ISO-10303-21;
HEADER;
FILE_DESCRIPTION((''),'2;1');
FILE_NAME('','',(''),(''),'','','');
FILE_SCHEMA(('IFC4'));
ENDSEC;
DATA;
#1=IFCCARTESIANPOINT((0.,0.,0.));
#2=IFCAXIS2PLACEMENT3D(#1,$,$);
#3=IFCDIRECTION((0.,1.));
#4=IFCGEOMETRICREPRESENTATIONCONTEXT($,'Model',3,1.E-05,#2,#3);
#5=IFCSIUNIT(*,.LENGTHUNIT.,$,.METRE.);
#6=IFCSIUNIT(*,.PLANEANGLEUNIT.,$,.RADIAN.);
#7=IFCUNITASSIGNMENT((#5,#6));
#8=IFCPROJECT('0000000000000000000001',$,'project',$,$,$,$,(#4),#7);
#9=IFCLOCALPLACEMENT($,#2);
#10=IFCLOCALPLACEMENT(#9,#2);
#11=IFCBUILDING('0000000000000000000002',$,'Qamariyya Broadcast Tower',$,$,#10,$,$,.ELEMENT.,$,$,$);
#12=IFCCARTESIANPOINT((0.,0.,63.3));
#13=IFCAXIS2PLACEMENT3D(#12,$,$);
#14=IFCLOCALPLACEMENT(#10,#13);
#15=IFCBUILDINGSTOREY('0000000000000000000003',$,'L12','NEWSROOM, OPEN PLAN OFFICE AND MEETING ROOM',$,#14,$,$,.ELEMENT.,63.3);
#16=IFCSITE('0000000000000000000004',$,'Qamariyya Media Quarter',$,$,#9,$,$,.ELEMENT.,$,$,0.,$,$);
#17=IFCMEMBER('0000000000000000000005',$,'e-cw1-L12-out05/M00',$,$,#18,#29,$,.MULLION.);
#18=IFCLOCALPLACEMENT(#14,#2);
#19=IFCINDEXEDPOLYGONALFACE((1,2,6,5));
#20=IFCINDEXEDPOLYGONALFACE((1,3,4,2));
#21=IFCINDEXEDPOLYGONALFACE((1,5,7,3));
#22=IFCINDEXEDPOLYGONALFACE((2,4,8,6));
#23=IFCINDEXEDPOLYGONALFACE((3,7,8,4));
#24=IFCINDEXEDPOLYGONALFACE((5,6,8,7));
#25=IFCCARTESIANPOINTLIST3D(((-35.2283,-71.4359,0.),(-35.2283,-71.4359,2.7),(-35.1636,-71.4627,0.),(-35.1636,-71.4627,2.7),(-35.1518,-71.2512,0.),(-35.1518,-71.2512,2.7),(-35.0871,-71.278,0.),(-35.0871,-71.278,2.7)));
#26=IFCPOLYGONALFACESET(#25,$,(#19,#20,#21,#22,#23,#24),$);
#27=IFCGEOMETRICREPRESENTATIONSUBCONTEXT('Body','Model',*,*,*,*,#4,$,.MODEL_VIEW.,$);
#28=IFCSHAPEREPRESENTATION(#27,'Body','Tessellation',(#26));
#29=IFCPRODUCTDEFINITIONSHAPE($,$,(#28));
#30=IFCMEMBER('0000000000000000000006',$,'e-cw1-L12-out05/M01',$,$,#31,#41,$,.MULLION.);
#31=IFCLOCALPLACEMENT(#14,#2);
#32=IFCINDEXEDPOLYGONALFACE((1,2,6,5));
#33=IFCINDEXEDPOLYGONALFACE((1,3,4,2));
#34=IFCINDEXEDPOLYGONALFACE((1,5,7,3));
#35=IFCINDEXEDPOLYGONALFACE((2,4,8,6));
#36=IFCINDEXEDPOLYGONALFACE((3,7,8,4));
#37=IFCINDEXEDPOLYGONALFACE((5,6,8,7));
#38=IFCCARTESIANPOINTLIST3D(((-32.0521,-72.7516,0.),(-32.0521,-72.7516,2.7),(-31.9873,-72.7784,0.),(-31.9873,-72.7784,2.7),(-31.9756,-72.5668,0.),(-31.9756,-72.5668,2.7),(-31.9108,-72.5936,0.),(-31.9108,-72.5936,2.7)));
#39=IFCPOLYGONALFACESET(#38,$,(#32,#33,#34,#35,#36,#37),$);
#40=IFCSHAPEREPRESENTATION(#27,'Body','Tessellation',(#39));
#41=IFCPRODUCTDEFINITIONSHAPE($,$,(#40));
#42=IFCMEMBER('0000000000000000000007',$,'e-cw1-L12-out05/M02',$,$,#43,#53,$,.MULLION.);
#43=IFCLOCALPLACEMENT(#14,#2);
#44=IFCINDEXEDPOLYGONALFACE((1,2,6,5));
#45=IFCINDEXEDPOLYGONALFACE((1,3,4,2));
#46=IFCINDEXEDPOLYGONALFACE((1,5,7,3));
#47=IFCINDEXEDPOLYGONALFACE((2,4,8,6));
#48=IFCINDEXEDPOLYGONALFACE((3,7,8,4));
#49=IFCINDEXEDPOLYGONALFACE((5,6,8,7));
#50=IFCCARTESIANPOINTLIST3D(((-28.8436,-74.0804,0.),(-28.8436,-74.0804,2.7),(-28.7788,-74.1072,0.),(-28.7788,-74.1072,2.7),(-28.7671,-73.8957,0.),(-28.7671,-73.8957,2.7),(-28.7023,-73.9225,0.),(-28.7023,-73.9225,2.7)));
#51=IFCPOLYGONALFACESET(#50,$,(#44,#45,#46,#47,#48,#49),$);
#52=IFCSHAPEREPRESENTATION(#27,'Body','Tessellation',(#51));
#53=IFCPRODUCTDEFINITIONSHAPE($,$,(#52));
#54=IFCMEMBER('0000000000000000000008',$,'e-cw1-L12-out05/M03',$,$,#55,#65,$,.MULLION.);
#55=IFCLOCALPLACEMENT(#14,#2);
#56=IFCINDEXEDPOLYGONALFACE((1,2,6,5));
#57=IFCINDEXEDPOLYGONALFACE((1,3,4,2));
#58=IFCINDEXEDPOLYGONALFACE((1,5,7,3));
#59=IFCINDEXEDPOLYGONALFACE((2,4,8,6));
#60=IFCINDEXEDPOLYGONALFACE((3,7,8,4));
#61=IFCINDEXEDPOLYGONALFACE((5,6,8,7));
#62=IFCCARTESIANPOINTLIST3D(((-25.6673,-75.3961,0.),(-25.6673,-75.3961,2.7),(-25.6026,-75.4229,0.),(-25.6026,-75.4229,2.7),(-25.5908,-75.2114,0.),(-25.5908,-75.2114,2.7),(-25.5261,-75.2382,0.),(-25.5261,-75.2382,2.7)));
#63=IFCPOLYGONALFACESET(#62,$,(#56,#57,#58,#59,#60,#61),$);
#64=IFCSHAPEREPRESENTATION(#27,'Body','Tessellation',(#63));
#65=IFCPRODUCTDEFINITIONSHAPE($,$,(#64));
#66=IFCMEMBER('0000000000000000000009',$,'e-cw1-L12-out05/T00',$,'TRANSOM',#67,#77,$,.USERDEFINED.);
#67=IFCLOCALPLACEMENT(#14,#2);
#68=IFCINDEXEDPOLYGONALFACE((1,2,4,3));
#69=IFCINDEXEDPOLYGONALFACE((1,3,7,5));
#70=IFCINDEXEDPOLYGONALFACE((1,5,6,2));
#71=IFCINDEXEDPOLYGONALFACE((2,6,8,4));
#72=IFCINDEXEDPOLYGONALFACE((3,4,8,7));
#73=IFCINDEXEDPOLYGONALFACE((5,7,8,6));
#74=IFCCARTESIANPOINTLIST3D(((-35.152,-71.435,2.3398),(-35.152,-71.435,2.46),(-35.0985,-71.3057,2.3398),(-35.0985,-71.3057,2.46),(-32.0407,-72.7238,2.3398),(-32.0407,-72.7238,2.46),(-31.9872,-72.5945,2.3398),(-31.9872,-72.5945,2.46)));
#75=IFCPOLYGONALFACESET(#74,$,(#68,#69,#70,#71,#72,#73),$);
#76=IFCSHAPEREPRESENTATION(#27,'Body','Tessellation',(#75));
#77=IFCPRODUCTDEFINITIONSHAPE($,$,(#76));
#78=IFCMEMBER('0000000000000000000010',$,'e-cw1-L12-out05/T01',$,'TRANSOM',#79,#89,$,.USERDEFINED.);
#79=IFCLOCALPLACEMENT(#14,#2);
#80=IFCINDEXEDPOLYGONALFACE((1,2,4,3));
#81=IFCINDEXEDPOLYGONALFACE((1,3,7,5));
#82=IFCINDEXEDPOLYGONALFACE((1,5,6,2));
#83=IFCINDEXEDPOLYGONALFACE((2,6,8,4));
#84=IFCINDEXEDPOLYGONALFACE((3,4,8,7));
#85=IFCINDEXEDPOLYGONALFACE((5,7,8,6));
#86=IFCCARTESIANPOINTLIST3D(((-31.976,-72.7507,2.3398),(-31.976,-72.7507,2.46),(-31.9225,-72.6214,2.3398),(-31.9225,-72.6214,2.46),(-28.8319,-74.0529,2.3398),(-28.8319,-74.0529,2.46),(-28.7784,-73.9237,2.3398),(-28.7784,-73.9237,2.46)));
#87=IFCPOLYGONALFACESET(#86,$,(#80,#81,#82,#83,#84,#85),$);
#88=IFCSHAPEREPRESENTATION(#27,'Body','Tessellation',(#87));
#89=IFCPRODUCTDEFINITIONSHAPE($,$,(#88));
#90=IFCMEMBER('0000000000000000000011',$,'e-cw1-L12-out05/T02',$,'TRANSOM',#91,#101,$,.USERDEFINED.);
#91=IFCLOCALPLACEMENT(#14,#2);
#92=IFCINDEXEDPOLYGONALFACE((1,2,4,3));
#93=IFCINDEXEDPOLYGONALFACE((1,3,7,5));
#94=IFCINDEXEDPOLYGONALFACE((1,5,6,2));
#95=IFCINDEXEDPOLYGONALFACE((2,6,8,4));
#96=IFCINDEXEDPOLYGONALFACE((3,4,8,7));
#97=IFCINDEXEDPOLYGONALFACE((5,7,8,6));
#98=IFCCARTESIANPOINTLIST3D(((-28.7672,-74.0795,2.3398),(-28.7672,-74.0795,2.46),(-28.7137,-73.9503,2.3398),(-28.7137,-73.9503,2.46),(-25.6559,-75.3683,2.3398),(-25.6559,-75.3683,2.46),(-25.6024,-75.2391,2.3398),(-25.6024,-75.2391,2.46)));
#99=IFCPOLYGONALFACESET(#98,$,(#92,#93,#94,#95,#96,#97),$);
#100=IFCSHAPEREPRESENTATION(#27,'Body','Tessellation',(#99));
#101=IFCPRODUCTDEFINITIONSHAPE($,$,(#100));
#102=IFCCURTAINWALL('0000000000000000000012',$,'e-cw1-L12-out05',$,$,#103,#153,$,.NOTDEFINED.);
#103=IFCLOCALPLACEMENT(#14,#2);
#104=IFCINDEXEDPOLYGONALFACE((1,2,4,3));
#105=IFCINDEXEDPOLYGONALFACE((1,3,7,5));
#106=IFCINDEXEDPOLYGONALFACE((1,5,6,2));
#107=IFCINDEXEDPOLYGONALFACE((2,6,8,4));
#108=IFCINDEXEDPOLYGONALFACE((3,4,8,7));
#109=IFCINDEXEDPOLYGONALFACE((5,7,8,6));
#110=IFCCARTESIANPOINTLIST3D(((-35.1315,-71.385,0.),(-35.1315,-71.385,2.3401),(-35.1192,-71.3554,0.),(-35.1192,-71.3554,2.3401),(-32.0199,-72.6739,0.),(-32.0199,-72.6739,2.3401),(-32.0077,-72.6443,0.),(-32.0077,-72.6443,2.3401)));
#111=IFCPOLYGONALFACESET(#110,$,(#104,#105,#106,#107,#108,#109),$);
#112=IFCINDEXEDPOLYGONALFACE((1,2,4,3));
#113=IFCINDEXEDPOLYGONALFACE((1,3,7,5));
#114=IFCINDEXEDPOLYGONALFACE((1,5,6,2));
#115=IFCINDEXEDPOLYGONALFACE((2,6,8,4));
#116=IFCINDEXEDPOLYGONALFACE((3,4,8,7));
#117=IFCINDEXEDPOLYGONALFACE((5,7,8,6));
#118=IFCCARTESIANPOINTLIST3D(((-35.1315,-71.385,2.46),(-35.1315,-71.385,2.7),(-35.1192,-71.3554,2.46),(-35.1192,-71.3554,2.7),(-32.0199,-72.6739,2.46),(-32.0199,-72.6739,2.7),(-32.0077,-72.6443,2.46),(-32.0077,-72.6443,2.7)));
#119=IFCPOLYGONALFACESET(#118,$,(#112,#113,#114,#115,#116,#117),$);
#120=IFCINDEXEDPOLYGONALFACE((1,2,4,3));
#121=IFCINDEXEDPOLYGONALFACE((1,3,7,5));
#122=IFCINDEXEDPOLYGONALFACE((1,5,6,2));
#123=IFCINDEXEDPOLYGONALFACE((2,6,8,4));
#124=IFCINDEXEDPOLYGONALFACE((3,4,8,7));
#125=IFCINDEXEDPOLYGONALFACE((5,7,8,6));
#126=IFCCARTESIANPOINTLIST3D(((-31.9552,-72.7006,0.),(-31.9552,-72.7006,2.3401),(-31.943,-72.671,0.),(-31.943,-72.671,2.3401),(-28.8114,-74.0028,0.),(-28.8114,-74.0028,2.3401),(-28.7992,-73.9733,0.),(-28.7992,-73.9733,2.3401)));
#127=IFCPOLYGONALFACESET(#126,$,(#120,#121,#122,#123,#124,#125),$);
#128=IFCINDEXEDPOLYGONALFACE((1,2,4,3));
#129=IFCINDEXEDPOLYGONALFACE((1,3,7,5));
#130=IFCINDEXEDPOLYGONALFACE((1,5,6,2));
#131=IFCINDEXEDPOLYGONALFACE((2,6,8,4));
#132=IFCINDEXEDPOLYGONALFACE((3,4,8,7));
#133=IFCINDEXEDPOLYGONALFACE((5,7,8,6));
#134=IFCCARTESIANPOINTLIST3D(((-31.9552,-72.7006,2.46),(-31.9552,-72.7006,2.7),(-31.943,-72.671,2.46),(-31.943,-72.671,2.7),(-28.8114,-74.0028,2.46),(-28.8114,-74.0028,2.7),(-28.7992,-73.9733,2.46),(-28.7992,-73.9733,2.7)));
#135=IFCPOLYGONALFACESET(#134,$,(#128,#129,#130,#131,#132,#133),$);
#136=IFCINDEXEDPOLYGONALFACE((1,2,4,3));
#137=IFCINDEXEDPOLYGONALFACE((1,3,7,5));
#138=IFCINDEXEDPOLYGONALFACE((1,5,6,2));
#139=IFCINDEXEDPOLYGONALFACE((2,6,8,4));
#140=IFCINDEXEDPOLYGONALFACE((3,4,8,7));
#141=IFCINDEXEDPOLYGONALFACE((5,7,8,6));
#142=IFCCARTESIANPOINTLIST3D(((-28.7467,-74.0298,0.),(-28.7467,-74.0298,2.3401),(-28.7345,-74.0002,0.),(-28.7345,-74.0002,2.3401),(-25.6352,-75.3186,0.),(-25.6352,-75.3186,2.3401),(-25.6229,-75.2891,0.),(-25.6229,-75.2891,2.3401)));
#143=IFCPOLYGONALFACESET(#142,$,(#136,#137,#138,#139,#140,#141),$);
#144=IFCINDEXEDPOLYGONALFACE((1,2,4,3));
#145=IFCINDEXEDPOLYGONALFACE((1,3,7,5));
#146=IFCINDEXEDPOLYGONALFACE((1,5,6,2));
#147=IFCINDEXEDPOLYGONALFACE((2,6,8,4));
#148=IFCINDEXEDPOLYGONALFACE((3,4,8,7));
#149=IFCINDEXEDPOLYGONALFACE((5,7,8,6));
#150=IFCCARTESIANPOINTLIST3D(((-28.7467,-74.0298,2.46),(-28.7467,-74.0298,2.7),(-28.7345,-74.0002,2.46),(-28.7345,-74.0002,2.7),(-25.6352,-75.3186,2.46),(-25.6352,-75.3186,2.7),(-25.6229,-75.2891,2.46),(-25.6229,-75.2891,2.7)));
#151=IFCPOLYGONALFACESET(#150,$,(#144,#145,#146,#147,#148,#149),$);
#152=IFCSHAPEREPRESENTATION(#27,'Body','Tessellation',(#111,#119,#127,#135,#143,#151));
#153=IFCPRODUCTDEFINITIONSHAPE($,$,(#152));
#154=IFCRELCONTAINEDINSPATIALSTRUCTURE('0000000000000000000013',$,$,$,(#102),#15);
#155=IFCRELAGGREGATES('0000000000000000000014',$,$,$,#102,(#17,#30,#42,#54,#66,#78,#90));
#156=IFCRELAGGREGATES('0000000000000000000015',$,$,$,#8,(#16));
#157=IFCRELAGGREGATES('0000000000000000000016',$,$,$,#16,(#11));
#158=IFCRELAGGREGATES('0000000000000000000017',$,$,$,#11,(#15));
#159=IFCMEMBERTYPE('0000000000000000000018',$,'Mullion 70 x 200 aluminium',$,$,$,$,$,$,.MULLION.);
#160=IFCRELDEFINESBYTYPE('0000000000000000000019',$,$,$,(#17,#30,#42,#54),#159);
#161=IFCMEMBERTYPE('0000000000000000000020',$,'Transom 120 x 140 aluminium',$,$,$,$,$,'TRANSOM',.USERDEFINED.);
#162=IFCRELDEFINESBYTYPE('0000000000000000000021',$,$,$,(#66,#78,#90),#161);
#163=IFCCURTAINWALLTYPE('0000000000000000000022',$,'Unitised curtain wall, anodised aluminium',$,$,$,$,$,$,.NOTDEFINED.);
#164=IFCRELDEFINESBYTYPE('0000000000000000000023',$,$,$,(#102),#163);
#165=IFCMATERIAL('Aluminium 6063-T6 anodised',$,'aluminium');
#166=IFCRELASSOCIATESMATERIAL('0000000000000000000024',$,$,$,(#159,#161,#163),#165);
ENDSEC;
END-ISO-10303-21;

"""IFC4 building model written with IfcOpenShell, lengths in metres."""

from ifc_helpers import new_model, si_unit, direction, frame, origin, origin_2d, place, context, subcontext, project, spatial, rectangle, extrude, material, material_profile, profile_set, type_object, element, aggregate, save


model = new_model("IFC4")

# Units and contexts
model_context = context("Model", 3, precision=1e-05, world=origin(), true_north=direction((0.0, 1.0)))
body_context = subcontext(model_context, "Body", "Model", "MODEL_VIEW")
ifc_project = project(units=[si_unit("LENGTHUNIT", "METRE"), si_unit("PLANEANGLEUNIT", "RADIAN")], contexts=[model_context])

# Members
ifc_material_1 = material(Name="Aluminium 6063-T6 anodised", Category="aluminium")
ifc_material_profile_1 = material_profile(ifc_material_1, rectangle(XDim=0.2, YDim=0.0701, at=origin_2d()))
ifc_profile_set_1 = profile_set([ifc_material_profile_1], Name="Aluminium 6063-T6 anodised")
member_type_1 = type_object("IfcMemberType", Name="Mullion 70 x 200 aluminium", PredefinedType="MULLION", material=ifc_profile_set_1)
site_placement = place(None, origin())
building_placement = place(site_placement, origin())
storey_placement = place(building_placement, frame((0.0, 0.0, 63.3)))
member_1_placement = place(storey_placement, frame((-35.1577, -71.3569, 0.0), z_axis=(0.0, 0.0, 1.0), x_axis=(0.382683, 0.92388, 0.0)))
member_1 = element("IfcMember", 1, at=member_1_placement, type_object=member_type_1, Name="e-cw1-L12-out05/M00", PredefinedType="MULLION", context=body_context, shape_type="SweptSolid", body=[
    extrude(rectangle(XDim=0.2, YDim=0.0701, at=origin_2d()), origin(), (0.0, 0.0, 1.0), 2.7),
])
member_2_placement = place(storey_placement, frame((-31.9814, -72.6726, 0.0), z_axis=(0.0, 0.0, 1.0), x_axis=(0.382683, 0.92388, 0.0)))
member_2 = element("IfcMember", 2, at=member_2_placement, type_object=member_type_1, Name="e-cw1-L12-out05/M01", PredefinedType="MULLION", context=body_context, shape_type="SweptSolid", body=[
    extrude(rectangle(XDim=0.2, YDim=0.0701, at=origin_2d()), origin(), (0.0, 0.0, 1.0), 2.7),
])
member_3_placement = place(storey_placement, frame((-28.7729, -74.0015, 0.0), z_axis=(0.0, 0.0, 1.0), x_axis=(0.382683, 0.92388, 0.0)))
member_3 = element("IfcMember", 3, at=member_3_placement, type_object=member_type_1, Name="e-cw1-L12-out05/M02", PredefinedType="MULLION", context=body_context, shape_type="SweptSolid", body=[
    extrude(rectangle(XDim=0.2, YDim=0.0701, at=origin_2d()), origin(), (0.0, 0.0, 1.0), 2.7),
])
member_4_placement = place(storey_placement, frame((-25.5967, -75.3171, 0.0), z_axis=(0.0, 0.0, 1.0), x_axis=(0.382683, 0.92388, 0.0)))
member_4 = element("IfcMember", 4, at=member_4_placement, type_object=member_type_1, Name="e-cw1-L12-out05/M03", PredefinedType="MULLION", context=body_context, shape_type="SweptSolid", body=[
    extrude(rectangle(XDim=0.2, YDim=0.0701, at=origin_2d()), origin(), (0.0, 0.0, 1.0), 2.7),
])
ifc_material_profile_2 = material_profile(ifc_material_1, rectangle(XDim=0.1399, YDim=0.1201, at=origin_2d()))
ifc_profile_set_2 = profile_set([ifc_material_profile_2], Name="Aluminium 6063-T6 anodised")
member_type_2 = type_object("IfcMemberType", Name="Transom 120 x 140 aluminium", ElementType="TRANSOM", PredefinedType="USERDEFINED", material=ifc_profile_set_2)
member_5_placement = place(storey_placement, frame((-35.1252, -71.3704, 2.3999), z_axis=(0.923873, -0.3827, 0.0), x_axis=(0.3827, 0.923873, 0.0)))
member_5 = element("IfcMember", 5, at=member_5_placement, type_object=member_type_2, Name="e-cw1-L12-out05/T00", ObjectType="TRANSOM", PredefinedType="USERDEFINED", context=body_context, shape_type="SweptSolid", body=[
    extrude(rectangle(XDim=0.1399, YDim=0.1201, at=origin_2d()), origin(), (0.0, 0.0, 1.0), 3.3677),
])
member_6_placement = place(storey_placement, frame((-31.9492, -72.686, 2.3999), z_axis=(0.923886, -0.382669, 0.0), x_axis=(0.382669, 0.923886, 0.0)))
member_6 = element("IfcMember", 6, at=member_6_placement, type_object=member_type_2, Name="e-cw1-L12-out05/T01", ObjectType="TRANSOM", PredefinedType="USERDEFINED", context=body_context, shape_type="SweptSolid", body=[
    extrude(rectangle(XDim=0.1399, YDim=0.1201, at=origin_2d()), origin(), (0.0, 0.0, 1.0), 3.4031),
])
member_7_placement = place(storey_placement, frame((-28.7405, -74.0149, 2.3999), z_axis=(0.923873, -0.3827, 0.0), x_axis=(0.3827, 0.923873, 0.0)))
member_7 = element("IfcMember", 7, at=member_7_placement, type_object=member_type_2, Name="e-cw1-L12-out05/T02", ObjectType="TRANSOM", PredefinedType="USERDEFINED", context=body_context, shape_type="SweptSolid", body=[
    extrude(rectangle(XDim=0.1399, YDim=0.1201, at=origin_2d()), origin(), (0.0, 0.0, 1.0), 3.3677),
])

# Site, building, storey
site = spatial("IfcSite", under=ifc_project, at=site_placement, Name="Qamariyya Media Quarter", CompositionType="ELEMENT", RefElevation=0.0)
building = spatial("IfcBuilding", under=site, at=building_placement, Name="Qamariyya Broadcast Tower", CompositionType="ELEMENT")
storey = spatial("IfcBuildingStorey", under=building, at=storey_placement, Name="L12", Description="NEWSROOM, OPEN PLAN OFFICE AND MEETING ROOM", CompositionType="ELEMENT", Elevation=63.3)

# Curtain wall
curtain_wall_type = type_object("IfcCurtainWallType", Name="Unitised curtain wall, anodised aluminium", PredefinedType="NOTDEFINED", material=ifc_material_1)
curtain_wall_1_placement = place(storey_placement, origin())
curtain_wall_1 = element("IfcCurtainWall", 8, at=curtain_wall_1_placement, inside=storey, type_object=curtain_wall_type, Name="e-cw1-L12-out05", PredefinedType="NOTDEFINED", context=body_context, shape_type="SweptSolid", body=[
    extrude(rectangle(XDim=3.3679, YDim=0.032, at=origin_2d()), frame((-33.5696, -72.0146, 0.0), x_axis=(0.923878, -0.382688, 0.0)), (0.0, 0.0, 1.0), 2.3401),
    extrude(rectangle(XDim=3.3679, YDim=0.032, at=origin_2d()), frame((-33.5696, -72.0146, 2.46), x_axis=(0.923878, -0.382688, 0.0)), (0.0, 0.0, 1.0), 0.24),
    extrude(rectangle(XDim=3.4028, YDim=0.032, at=origin_2d()), frame((-30.3772, -73.3369, 0.0), x_axis=(0.923878, -0.382688, 0.0)), (0.0, 0.0, 1.0), 2.3401),
    extrude(rectangle(XDim=3.4028, YDim=0.032, at=origin_2d()), frame((-30.3772, -73.3369, 2.46), x_axis=(0.923878, -0.382688, 0.0)), (0.0, 0.0, 1.0), 0.24),
    extrude(rectangle(XDim=3.3679, YDim=0.032, at=origin_2d()), frame((-27.1848, -74.6594, 0.0), x_axis=(0.923878, -0.382688, 0.0)), (0.0, 0.0, 1.0), 2.3401),
    extrude(rectangle(XDim=3.3679, YDim=0.032, at=origin_2d()), frame((-27.1848, -74.6594, 2.46), x_axis=(0.923878, -0.382688, 0.0)), (0.0, 0.0, 1.0), 0.24),
])
aggregate(curtain_wall_1, [member_1, member_2, member_3, member_4, member_5, member_6, member_7])

save(model, "model.ifc")
